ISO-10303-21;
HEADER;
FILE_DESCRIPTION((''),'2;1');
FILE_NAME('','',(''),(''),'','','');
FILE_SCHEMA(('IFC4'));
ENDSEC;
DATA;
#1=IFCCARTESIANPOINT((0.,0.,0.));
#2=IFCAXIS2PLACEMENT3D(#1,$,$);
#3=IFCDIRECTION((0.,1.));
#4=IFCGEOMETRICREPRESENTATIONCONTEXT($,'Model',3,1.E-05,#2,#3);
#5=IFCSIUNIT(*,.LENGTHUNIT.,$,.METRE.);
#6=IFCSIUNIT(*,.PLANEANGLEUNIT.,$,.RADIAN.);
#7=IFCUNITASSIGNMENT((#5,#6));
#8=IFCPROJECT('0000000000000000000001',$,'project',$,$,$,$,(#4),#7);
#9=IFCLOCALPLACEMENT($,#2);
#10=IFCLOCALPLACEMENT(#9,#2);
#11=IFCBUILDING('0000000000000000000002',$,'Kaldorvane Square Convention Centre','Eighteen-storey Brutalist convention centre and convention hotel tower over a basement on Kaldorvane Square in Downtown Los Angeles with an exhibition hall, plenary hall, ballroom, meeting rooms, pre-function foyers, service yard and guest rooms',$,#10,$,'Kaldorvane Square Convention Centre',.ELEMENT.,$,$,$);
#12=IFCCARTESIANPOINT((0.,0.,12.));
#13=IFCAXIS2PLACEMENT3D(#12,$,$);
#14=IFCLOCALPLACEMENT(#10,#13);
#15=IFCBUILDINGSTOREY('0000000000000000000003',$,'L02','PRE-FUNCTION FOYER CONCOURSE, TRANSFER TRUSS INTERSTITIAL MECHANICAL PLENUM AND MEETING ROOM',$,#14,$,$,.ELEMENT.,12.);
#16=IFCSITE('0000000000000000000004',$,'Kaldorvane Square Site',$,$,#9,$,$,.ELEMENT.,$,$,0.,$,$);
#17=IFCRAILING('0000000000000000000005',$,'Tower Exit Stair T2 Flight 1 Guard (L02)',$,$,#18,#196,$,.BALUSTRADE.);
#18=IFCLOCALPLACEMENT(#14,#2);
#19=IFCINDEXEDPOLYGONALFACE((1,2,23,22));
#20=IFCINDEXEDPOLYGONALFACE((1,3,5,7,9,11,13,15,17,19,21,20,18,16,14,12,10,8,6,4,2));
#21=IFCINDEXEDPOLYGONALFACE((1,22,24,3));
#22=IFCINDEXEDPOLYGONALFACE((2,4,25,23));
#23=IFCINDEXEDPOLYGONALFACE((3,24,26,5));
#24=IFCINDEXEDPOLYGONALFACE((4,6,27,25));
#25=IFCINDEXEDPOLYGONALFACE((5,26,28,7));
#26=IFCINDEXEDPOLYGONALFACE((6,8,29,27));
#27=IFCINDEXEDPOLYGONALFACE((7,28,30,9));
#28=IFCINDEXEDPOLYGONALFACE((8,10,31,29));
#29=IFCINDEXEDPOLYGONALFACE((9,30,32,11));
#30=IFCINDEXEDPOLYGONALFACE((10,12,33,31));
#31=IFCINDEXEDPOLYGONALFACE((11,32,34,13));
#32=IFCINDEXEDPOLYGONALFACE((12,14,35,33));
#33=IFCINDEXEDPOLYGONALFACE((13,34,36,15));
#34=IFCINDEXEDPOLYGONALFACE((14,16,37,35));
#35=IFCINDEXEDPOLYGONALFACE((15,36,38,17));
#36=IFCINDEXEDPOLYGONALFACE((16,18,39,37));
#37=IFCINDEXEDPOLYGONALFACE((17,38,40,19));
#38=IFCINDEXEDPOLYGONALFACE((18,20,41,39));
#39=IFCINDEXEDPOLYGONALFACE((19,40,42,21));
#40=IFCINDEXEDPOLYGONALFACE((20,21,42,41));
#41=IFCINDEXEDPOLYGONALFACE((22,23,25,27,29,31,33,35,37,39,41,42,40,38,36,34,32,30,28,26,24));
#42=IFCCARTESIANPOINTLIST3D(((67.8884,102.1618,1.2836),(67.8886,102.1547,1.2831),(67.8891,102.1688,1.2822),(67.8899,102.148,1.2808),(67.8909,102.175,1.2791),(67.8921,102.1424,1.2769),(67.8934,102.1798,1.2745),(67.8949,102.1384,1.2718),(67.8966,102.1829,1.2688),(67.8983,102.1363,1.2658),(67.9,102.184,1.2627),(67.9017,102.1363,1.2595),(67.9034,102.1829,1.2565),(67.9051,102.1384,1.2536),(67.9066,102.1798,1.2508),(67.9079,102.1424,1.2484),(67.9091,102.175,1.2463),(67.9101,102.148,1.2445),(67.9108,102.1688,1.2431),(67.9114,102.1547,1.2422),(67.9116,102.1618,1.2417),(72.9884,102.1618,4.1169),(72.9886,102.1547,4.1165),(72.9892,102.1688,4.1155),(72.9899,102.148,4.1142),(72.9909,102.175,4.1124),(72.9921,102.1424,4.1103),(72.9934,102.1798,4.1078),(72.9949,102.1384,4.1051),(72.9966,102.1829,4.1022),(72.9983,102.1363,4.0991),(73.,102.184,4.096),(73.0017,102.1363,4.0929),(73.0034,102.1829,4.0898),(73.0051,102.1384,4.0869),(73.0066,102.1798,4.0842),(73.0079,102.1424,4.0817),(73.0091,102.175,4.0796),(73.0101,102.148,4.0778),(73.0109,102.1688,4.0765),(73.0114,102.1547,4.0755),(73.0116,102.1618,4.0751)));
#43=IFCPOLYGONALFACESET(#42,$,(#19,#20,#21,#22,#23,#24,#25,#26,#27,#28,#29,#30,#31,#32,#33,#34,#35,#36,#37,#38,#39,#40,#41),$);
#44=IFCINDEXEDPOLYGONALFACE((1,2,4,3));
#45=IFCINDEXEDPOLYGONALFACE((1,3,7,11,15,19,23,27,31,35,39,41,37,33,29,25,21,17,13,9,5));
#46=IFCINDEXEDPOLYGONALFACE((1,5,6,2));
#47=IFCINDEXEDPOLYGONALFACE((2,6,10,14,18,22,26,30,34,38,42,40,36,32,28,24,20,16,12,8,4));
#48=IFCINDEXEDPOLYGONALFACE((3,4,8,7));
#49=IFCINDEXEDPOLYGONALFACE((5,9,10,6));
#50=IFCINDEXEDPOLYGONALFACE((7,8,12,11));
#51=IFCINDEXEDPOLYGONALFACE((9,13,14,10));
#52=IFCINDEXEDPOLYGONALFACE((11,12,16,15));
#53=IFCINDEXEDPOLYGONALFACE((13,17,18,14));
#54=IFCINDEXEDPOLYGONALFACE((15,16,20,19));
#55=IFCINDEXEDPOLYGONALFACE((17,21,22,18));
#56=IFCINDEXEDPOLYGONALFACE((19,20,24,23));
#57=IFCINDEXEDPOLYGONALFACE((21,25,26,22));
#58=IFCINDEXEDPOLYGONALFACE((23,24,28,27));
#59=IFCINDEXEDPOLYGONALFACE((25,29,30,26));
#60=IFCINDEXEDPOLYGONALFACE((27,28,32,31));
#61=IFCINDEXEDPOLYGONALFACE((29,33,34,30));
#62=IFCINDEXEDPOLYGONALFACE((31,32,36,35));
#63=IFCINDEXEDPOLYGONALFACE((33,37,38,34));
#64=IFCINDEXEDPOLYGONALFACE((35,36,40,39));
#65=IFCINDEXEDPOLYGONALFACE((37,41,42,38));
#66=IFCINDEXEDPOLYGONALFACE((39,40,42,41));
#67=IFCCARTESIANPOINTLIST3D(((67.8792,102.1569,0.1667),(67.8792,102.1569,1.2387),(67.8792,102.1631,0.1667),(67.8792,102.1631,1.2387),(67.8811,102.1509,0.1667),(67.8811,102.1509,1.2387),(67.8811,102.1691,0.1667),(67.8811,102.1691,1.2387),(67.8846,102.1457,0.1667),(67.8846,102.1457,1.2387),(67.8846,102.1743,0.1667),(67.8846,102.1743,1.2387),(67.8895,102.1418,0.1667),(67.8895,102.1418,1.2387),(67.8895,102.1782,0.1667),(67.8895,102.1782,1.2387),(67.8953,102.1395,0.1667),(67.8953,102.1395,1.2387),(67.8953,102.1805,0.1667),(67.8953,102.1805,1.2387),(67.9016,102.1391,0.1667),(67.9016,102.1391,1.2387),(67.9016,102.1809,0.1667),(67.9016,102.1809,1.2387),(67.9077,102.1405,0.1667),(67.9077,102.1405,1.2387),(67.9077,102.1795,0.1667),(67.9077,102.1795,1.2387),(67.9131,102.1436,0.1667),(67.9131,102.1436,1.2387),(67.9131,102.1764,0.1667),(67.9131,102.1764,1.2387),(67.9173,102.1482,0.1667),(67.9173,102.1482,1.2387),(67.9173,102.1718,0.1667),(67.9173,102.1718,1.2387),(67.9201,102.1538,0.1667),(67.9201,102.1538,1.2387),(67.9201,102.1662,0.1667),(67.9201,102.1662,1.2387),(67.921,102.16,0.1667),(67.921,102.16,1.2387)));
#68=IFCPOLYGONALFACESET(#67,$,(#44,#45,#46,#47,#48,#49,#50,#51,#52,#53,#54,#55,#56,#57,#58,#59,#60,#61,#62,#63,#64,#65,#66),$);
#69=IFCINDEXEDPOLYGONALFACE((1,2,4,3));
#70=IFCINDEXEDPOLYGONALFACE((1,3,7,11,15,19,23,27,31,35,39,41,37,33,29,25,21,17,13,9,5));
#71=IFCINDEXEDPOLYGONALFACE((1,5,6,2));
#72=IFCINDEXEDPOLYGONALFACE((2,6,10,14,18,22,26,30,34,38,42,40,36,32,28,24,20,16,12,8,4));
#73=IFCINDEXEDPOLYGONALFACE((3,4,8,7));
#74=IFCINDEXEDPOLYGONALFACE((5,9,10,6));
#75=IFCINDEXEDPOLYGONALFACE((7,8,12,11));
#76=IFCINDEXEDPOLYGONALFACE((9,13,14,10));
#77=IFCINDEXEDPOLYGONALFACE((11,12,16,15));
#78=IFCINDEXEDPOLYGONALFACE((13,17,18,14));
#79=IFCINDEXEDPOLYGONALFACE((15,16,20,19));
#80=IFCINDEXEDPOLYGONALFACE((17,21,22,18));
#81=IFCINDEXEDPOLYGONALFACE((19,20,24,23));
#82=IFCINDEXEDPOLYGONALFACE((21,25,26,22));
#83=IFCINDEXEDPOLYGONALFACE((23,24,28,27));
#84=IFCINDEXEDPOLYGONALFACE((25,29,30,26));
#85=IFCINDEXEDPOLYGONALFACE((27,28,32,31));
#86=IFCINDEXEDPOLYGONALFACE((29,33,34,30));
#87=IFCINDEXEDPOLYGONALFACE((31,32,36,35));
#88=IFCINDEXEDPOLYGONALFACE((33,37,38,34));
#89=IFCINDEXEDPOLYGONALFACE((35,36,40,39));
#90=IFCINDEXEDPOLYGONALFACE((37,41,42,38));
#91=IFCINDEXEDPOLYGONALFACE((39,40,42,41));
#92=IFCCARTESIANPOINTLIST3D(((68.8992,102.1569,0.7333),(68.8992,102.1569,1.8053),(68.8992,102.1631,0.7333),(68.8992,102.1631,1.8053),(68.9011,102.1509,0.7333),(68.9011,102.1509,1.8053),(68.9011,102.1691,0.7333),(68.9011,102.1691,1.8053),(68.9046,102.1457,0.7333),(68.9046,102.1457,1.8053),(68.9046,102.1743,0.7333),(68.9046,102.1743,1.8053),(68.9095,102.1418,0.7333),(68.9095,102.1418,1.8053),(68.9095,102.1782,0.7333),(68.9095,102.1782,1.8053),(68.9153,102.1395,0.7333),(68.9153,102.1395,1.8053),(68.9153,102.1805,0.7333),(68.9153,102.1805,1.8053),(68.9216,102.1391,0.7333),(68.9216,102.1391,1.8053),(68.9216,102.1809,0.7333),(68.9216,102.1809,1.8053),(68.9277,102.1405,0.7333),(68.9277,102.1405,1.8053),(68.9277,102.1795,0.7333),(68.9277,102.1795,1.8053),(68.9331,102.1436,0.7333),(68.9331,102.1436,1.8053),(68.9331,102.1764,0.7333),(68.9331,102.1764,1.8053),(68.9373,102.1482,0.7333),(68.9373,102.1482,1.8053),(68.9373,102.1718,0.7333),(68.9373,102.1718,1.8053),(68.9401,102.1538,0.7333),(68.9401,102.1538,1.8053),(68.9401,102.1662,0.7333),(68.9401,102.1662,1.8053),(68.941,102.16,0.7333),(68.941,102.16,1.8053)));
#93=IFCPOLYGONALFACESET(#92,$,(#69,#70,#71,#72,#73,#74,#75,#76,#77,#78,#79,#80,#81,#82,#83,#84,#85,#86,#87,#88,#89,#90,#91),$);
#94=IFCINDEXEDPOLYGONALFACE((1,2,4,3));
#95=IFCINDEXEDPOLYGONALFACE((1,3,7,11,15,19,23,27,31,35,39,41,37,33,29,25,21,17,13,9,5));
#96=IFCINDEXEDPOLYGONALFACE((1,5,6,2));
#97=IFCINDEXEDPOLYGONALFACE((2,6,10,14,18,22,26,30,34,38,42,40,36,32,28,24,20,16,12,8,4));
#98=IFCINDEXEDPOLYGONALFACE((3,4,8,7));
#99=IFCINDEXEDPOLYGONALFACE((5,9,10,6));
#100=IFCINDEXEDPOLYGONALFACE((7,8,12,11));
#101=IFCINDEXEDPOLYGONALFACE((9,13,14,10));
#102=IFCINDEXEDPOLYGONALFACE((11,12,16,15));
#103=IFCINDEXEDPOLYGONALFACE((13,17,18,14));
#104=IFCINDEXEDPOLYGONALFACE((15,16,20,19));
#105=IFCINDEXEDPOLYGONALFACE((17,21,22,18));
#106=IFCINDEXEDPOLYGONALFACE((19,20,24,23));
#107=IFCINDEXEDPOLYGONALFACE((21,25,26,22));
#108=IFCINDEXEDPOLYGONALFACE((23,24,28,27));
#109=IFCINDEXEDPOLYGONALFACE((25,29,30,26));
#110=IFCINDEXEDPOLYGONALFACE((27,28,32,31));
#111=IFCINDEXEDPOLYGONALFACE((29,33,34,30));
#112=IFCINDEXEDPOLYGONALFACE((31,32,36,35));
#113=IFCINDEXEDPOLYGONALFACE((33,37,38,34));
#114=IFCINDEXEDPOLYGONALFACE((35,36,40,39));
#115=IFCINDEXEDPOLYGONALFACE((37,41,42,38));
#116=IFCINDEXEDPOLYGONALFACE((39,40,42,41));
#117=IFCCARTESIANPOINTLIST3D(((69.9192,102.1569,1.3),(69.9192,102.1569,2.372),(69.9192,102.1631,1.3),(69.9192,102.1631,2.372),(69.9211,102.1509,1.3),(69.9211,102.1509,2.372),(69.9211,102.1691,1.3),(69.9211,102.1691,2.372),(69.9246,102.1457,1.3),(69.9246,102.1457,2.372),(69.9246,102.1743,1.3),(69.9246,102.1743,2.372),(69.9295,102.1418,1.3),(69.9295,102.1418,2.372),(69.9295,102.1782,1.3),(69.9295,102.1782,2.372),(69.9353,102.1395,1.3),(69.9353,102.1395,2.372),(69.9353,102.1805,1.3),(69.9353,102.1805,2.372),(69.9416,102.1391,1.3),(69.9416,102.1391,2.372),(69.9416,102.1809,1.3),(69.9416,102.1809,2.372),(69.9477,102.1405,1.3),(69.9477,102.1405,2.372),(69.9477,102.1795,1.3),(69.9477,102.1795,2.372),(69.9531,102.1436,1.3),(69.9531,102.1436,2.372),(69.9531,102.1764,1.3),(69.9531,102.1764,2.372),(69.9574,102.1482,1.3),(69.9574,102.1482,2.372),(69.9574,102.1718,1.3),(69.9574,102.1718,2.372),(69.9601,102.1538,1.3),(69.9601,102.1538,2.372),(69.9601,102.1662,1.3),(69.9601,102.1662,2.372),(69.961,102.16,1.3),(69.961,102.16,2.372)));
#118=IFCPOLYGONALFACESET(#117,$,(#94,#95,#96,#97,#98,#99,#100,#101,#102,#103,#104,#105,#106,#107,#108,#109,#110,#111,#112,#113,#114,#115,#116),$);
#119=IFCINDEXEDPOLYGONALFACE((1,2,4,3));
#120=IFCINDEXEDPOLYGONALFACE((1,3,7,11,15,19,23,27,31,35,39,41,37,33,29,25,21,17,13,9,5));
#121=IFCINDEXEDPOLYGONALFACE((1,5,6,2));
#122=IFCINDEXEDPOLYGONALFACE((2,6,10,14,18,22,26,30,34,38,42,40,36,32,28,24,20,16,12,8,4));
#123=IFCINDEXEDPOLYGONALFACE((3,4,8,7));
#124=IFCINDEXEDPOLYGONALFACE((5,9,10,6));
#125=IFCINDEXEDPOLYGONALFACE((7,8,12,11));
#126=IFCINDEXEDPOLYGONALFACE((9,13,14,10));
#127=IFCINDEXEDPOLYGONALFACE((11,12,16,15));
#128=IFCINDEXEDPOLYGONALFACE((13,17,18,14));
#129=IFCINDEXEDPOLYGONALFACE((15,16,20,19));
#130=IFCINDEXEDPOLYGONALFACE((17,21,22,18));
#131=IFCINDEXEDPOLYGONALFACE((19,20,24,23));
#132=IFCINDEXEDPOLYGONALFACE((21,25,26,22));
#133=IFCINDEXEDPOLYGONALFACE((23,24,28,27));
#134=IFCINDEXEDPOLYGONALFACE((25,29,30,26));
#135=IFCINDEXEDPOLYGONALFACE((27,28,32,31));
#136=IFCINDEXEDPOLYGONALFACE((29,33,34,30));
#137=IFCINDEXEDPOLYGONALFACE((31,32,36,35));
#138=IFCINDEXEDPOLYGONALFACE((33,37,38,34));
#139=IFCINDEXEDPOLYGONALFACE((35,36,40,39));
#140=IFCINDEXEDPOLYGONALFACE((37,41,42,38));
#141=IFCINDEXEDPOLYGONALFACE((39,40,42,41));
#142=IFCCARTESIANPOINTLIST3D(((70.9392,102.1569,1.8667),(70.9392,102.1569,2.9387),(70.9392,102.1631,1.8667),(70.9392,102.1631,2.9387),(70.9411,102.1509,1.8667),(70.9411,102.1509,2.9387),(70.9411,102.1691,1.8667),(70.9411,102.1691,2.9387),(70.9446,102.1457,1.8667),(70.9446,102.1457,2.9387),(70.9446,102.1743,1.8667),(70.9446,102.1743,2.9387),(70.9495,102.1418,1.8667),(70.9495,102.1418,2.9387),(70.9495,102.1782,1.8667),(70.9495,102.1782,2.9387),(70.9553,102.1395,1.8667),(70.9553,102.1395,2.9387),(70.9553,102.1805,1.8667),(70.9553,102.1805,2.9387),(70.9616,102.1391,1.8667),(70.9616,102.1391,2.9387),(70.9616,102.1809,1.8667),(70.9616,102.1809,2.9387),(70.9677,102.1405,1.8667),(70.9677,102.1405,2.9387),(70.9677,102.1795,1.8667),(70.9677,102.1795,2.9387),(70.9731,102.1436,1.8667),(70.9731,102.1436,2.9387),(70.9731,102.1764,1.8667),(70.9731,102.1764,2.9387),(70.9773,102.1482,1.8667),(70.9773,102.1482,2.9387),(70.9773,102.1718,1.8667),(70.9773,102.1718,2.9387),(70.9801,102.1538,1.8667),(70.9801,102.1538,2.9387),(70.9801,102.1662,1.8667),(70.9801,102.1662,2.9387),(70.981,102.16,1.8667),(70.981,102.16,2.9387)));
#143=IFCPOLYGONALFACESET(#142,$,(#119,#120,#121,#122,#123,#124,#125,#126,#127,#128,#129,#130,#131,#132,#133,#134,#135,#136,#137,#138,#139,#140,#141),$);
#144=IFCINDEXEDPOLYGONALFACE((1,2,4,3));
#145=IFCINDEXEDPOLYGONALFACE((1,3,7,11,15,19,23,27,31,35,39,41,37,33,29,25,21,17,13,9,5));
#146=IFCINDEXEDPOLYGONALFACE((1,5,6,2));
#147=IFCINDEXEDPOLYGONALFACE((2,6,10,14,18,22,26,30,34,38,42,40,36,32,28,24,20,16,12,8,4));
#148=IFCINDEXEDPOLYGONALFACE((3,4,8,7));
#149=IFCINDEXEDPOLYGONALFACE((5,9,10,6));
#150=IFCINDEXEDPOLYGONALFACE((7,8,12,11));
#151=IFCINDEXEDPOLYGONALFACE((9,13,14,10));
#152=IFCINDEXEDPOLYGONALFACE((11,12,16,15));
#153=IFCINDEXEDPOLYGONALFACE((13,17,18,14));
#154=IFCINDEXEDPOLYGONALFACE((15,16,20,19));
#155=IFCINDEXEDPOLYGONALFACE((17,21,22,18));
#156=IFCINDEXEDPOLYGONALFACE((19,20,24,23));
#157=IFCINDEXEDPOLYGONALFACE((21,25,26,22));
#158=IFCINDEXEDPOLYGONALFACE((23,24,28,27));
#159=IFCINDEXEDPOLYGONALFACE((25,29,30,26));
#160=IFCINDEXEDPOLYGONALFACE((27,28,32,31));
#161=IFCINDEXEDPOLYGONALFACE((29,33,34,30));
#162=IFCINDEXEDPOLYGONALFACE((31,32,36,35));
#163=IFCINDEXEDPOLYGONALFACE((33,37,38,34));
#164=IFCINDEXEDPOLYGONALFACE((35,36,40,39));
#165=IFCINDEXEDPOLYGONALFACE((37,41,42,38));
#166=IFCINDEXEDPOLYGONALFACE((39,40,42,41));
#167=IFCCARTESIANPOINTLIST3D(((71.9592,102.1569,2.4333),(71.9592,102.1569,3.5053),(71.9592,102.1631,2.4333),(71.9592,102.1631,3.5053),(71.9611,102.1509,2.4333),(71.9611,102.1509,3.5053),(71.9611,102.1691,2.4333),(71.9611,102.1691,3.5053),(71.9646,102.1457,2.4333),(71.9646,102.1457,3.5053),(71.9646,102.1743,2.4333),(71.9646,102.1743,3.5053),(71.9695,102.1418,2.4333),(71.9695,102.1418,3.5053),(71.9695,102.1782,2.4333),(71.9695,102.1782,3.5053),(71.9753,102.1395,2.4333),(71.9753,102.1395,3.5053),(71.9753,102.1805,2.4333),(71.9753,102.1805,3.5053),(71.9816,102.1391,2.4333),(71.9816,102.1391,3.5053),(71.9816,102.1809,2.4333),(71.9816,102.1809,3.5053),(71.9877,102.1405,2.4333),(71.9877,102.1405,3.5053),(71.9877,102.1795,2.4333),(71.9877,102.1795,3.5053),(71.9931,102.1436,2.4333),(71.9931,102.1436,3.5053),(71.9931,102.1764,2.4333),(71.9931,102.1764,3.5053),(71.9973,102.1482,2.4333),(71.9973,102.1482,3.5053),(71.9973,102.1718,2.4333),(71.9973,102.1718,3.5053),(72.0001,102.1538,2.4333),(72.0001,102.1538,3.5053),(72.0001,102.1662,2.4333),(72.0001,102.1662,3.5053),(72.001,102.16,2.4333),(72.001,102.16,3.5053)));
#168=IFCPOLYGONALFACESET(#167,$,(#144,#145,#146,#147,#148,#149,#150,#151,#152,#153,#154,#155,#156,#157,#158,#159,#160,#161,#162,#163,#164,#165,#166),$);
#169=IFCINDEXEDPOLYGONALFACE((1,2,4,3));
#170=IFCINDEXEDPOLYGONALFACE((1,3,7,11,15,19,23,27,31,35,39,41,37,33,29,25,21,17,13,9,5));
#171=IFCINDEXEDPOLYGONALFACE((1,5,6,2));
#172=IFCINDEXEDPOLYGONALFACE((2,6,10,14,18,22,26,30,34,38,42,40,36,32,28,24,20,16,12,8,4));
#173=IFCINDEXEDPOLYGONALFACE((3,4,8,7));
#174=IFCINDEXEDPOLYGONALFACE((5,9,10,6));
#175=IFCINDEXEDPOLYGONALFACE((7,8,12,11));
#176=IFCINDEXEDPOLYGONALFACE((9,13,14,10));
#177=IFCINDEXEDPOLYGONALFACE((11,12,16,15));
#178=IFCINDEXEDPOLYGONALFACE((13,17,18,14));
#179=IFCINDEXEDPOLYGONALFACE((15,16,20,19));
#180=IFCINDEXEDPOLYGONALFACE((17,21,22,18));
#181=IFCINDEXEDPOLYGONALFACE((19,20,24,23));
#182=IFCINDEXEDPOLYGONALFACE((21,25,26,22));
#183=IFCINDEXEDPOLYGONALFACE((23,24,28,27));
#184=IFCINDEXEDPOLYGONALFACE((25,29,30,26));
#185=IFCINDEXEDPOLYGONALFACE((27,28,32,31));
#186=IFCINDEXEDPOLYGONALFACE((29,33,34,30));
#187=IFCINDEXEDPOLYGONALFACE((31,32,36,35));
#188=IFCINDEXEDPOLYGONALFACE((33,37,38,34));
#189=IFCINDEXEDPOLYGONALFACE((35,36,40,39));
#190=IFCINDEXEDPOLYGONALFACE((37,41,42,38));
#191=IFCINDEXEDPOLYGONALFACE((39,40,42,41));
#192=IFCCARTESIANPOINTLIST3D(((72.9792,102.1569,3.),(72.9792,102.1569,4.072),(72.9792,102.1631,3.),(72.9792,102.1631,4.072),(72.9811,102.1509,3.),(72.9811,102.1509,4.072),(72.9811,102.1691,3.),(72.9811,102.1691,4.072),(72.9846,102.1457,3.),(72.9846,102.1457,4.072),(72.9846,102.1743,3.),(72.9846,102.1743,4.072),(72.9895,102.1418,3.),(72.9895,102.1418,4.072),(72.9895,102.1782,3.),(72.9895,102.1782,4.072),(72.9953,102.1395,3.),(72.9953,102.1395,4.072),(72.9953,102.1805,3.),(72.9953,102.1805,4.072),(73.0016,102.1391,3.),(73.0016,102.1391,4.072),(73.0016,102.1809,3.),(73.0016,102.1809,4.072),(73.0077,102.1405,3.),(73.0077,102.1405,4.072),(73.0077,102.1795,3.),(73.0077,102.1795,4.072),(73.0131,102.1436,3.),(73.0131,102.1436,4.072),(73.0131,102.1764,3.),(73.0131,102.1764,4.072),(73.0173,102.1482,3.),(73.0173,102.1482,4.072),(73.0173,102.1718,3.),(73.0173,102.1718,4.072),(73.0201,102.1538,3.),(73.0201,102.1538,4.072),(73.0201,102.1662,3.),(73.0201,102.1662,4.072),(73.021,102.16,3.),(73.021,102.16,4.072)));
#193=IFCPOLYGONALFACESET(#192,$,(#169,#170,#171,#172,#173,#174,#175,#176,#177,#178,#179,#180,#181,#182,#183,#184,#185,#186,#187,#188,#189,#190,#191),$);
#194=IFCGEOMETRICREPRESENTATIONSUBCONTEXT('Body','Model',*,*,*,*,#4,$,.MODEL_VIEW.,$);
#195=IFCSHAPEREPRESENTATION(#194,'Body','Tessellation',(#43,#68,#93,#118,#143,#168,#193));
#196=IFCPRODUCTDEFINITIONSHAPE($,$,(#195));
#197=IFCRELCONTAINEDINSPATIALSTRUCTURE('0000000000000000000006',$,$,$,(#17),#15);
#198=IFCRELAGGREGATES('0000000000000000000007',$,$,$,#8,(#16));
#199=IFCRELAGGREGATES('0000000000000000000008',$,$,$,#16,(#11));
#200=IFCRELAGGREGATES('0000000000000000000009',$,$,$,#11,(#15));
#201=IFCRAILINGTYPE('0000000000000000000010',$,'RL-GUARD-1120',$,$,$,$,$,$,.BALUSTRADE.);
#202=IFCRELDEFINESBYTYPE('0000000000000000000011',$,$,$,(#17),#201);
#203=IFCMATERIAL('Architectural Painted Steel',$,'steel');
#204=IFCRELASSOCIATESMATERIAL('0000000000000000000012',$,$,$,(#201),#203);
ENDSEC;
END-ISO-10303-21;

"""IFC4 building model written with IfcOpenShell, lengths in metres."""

from ifc_helpers import new_model, si_unit, direction, frame, origin, origin_2d, place, context, subcontext, project, spatial, circle, extrude, material, type_object, element, save


model = new_model("IFC4")

# Units and contexts
model_context = context("Model", 3, precision=1e-05, world=origin(), true_north=direction((0.0, 1.0)))
body_context = subcontext(model_context, "Body", "Model", "MODEL_VIEW")
ifc_project = project(units=[si_unit("LENGTHUNIT", "METRE"), si_unit("PLANEANGLEUNIT", "RADIAN")], contexts=[model_context])

# Site, building, storey
site_placement = place(None, origin())
site = spatial("IfcSite", under=ifc_project, at=site_placement, Name="Kaldorvane Square Site", CompositionType="ELEMENT", RefElevation=0.0)
building_placement = place(site_placement, origin())
building = spatial("IfcBuilding", under=site, at=building_placement, Name="Kaldorvane Square Convention Centre", Description="Eighteen-storey Brutalist convention centre and convention hotel tower over a basement on Kaldorvane Square in Downtown Los Angeles with an exhibition hall, plenary hall, ballroom, meeting rooms, pre-function foyers, service yard and guest rooms", LongName="Kaldorvane Square Convention Centre", CompositionType="ELEMENT")
storey_placement = place(building_placement, frame((0.0, 0.0, 12.0)))
storey = spatial("IfcBuildingStorey", under=building, at=storey_placement, Name="L02", Description="PRE-FUNCTION FOYER CONCOURSE, TRANSFER TRUSS INTERSTITIAL MECHANICAL PLENUM AND MEETING ROOM", CompositionType="ELEMENT", Elevation=12.0)

# Railing
ifc_material_1 = material(Name="Architectural Painted Steel", Category="steel")
railing_type_1 = type_object("IfcRailingType", Name="RL-GUARD-1120", PredefinedType="BALUSTRADE", material=ifc_material_1)
railing_1_placement = place(storey_placement, frame((67.9, 102.16, 0.1667)))
element("IfcRailing", 1, at=railing_1_placement, inside=storey, type_object=railing_type_1, Name="Tower Exit Stair T2 Flight 1 Guard (L02)", PredefinedType="BALUSTRADE", context=body_context, shape_type="SweptSolid", body=[
    extrude(circle(Radius=0.024, at=origin_2d()), frame((0.0, 0.0, 1.096), z_axis=(0.874158, 0.0, 0.485642), x_axis=(0.0, 1.0, 0.0)), (0.0, 0.0, 1.0), 5.8342),
    extrude(circle(Radius=0.021, at=origin_2d()), origin(), (0.0, 0.0, 1.0), 1.072),
    extrude(circle(Radius=0.021, at=origin_2d()), frame((1.02, 0.0, 0.5667)), (0.0, 0.0, 1.0), 1.072),
    extrude(circle(Radius=0.021, at=origin_2d()), frame((2.04, 0.0, 1.1333)), (0.0, 0.0, 1.0), 1.072),
    extrude(circle(Radius=0.021, at=origin_2d()), frame((3.06, 0.0, 1.7)), (0.0, 0.0, 1.0), 1.072),
    extrude(circle(Radius=0.021, at=origin_2d()), frame((4.08, 0.0, 2.2667)), (0.0, 0.0, 1.0), 1.072),
    extrude(circle(Radius=0.021, at=origin_2d()), frame((5.1, 0.0, 2.8333)), (0.0, 0.0, 1.0), 1.072),
])

save(model, "model.ifc")
